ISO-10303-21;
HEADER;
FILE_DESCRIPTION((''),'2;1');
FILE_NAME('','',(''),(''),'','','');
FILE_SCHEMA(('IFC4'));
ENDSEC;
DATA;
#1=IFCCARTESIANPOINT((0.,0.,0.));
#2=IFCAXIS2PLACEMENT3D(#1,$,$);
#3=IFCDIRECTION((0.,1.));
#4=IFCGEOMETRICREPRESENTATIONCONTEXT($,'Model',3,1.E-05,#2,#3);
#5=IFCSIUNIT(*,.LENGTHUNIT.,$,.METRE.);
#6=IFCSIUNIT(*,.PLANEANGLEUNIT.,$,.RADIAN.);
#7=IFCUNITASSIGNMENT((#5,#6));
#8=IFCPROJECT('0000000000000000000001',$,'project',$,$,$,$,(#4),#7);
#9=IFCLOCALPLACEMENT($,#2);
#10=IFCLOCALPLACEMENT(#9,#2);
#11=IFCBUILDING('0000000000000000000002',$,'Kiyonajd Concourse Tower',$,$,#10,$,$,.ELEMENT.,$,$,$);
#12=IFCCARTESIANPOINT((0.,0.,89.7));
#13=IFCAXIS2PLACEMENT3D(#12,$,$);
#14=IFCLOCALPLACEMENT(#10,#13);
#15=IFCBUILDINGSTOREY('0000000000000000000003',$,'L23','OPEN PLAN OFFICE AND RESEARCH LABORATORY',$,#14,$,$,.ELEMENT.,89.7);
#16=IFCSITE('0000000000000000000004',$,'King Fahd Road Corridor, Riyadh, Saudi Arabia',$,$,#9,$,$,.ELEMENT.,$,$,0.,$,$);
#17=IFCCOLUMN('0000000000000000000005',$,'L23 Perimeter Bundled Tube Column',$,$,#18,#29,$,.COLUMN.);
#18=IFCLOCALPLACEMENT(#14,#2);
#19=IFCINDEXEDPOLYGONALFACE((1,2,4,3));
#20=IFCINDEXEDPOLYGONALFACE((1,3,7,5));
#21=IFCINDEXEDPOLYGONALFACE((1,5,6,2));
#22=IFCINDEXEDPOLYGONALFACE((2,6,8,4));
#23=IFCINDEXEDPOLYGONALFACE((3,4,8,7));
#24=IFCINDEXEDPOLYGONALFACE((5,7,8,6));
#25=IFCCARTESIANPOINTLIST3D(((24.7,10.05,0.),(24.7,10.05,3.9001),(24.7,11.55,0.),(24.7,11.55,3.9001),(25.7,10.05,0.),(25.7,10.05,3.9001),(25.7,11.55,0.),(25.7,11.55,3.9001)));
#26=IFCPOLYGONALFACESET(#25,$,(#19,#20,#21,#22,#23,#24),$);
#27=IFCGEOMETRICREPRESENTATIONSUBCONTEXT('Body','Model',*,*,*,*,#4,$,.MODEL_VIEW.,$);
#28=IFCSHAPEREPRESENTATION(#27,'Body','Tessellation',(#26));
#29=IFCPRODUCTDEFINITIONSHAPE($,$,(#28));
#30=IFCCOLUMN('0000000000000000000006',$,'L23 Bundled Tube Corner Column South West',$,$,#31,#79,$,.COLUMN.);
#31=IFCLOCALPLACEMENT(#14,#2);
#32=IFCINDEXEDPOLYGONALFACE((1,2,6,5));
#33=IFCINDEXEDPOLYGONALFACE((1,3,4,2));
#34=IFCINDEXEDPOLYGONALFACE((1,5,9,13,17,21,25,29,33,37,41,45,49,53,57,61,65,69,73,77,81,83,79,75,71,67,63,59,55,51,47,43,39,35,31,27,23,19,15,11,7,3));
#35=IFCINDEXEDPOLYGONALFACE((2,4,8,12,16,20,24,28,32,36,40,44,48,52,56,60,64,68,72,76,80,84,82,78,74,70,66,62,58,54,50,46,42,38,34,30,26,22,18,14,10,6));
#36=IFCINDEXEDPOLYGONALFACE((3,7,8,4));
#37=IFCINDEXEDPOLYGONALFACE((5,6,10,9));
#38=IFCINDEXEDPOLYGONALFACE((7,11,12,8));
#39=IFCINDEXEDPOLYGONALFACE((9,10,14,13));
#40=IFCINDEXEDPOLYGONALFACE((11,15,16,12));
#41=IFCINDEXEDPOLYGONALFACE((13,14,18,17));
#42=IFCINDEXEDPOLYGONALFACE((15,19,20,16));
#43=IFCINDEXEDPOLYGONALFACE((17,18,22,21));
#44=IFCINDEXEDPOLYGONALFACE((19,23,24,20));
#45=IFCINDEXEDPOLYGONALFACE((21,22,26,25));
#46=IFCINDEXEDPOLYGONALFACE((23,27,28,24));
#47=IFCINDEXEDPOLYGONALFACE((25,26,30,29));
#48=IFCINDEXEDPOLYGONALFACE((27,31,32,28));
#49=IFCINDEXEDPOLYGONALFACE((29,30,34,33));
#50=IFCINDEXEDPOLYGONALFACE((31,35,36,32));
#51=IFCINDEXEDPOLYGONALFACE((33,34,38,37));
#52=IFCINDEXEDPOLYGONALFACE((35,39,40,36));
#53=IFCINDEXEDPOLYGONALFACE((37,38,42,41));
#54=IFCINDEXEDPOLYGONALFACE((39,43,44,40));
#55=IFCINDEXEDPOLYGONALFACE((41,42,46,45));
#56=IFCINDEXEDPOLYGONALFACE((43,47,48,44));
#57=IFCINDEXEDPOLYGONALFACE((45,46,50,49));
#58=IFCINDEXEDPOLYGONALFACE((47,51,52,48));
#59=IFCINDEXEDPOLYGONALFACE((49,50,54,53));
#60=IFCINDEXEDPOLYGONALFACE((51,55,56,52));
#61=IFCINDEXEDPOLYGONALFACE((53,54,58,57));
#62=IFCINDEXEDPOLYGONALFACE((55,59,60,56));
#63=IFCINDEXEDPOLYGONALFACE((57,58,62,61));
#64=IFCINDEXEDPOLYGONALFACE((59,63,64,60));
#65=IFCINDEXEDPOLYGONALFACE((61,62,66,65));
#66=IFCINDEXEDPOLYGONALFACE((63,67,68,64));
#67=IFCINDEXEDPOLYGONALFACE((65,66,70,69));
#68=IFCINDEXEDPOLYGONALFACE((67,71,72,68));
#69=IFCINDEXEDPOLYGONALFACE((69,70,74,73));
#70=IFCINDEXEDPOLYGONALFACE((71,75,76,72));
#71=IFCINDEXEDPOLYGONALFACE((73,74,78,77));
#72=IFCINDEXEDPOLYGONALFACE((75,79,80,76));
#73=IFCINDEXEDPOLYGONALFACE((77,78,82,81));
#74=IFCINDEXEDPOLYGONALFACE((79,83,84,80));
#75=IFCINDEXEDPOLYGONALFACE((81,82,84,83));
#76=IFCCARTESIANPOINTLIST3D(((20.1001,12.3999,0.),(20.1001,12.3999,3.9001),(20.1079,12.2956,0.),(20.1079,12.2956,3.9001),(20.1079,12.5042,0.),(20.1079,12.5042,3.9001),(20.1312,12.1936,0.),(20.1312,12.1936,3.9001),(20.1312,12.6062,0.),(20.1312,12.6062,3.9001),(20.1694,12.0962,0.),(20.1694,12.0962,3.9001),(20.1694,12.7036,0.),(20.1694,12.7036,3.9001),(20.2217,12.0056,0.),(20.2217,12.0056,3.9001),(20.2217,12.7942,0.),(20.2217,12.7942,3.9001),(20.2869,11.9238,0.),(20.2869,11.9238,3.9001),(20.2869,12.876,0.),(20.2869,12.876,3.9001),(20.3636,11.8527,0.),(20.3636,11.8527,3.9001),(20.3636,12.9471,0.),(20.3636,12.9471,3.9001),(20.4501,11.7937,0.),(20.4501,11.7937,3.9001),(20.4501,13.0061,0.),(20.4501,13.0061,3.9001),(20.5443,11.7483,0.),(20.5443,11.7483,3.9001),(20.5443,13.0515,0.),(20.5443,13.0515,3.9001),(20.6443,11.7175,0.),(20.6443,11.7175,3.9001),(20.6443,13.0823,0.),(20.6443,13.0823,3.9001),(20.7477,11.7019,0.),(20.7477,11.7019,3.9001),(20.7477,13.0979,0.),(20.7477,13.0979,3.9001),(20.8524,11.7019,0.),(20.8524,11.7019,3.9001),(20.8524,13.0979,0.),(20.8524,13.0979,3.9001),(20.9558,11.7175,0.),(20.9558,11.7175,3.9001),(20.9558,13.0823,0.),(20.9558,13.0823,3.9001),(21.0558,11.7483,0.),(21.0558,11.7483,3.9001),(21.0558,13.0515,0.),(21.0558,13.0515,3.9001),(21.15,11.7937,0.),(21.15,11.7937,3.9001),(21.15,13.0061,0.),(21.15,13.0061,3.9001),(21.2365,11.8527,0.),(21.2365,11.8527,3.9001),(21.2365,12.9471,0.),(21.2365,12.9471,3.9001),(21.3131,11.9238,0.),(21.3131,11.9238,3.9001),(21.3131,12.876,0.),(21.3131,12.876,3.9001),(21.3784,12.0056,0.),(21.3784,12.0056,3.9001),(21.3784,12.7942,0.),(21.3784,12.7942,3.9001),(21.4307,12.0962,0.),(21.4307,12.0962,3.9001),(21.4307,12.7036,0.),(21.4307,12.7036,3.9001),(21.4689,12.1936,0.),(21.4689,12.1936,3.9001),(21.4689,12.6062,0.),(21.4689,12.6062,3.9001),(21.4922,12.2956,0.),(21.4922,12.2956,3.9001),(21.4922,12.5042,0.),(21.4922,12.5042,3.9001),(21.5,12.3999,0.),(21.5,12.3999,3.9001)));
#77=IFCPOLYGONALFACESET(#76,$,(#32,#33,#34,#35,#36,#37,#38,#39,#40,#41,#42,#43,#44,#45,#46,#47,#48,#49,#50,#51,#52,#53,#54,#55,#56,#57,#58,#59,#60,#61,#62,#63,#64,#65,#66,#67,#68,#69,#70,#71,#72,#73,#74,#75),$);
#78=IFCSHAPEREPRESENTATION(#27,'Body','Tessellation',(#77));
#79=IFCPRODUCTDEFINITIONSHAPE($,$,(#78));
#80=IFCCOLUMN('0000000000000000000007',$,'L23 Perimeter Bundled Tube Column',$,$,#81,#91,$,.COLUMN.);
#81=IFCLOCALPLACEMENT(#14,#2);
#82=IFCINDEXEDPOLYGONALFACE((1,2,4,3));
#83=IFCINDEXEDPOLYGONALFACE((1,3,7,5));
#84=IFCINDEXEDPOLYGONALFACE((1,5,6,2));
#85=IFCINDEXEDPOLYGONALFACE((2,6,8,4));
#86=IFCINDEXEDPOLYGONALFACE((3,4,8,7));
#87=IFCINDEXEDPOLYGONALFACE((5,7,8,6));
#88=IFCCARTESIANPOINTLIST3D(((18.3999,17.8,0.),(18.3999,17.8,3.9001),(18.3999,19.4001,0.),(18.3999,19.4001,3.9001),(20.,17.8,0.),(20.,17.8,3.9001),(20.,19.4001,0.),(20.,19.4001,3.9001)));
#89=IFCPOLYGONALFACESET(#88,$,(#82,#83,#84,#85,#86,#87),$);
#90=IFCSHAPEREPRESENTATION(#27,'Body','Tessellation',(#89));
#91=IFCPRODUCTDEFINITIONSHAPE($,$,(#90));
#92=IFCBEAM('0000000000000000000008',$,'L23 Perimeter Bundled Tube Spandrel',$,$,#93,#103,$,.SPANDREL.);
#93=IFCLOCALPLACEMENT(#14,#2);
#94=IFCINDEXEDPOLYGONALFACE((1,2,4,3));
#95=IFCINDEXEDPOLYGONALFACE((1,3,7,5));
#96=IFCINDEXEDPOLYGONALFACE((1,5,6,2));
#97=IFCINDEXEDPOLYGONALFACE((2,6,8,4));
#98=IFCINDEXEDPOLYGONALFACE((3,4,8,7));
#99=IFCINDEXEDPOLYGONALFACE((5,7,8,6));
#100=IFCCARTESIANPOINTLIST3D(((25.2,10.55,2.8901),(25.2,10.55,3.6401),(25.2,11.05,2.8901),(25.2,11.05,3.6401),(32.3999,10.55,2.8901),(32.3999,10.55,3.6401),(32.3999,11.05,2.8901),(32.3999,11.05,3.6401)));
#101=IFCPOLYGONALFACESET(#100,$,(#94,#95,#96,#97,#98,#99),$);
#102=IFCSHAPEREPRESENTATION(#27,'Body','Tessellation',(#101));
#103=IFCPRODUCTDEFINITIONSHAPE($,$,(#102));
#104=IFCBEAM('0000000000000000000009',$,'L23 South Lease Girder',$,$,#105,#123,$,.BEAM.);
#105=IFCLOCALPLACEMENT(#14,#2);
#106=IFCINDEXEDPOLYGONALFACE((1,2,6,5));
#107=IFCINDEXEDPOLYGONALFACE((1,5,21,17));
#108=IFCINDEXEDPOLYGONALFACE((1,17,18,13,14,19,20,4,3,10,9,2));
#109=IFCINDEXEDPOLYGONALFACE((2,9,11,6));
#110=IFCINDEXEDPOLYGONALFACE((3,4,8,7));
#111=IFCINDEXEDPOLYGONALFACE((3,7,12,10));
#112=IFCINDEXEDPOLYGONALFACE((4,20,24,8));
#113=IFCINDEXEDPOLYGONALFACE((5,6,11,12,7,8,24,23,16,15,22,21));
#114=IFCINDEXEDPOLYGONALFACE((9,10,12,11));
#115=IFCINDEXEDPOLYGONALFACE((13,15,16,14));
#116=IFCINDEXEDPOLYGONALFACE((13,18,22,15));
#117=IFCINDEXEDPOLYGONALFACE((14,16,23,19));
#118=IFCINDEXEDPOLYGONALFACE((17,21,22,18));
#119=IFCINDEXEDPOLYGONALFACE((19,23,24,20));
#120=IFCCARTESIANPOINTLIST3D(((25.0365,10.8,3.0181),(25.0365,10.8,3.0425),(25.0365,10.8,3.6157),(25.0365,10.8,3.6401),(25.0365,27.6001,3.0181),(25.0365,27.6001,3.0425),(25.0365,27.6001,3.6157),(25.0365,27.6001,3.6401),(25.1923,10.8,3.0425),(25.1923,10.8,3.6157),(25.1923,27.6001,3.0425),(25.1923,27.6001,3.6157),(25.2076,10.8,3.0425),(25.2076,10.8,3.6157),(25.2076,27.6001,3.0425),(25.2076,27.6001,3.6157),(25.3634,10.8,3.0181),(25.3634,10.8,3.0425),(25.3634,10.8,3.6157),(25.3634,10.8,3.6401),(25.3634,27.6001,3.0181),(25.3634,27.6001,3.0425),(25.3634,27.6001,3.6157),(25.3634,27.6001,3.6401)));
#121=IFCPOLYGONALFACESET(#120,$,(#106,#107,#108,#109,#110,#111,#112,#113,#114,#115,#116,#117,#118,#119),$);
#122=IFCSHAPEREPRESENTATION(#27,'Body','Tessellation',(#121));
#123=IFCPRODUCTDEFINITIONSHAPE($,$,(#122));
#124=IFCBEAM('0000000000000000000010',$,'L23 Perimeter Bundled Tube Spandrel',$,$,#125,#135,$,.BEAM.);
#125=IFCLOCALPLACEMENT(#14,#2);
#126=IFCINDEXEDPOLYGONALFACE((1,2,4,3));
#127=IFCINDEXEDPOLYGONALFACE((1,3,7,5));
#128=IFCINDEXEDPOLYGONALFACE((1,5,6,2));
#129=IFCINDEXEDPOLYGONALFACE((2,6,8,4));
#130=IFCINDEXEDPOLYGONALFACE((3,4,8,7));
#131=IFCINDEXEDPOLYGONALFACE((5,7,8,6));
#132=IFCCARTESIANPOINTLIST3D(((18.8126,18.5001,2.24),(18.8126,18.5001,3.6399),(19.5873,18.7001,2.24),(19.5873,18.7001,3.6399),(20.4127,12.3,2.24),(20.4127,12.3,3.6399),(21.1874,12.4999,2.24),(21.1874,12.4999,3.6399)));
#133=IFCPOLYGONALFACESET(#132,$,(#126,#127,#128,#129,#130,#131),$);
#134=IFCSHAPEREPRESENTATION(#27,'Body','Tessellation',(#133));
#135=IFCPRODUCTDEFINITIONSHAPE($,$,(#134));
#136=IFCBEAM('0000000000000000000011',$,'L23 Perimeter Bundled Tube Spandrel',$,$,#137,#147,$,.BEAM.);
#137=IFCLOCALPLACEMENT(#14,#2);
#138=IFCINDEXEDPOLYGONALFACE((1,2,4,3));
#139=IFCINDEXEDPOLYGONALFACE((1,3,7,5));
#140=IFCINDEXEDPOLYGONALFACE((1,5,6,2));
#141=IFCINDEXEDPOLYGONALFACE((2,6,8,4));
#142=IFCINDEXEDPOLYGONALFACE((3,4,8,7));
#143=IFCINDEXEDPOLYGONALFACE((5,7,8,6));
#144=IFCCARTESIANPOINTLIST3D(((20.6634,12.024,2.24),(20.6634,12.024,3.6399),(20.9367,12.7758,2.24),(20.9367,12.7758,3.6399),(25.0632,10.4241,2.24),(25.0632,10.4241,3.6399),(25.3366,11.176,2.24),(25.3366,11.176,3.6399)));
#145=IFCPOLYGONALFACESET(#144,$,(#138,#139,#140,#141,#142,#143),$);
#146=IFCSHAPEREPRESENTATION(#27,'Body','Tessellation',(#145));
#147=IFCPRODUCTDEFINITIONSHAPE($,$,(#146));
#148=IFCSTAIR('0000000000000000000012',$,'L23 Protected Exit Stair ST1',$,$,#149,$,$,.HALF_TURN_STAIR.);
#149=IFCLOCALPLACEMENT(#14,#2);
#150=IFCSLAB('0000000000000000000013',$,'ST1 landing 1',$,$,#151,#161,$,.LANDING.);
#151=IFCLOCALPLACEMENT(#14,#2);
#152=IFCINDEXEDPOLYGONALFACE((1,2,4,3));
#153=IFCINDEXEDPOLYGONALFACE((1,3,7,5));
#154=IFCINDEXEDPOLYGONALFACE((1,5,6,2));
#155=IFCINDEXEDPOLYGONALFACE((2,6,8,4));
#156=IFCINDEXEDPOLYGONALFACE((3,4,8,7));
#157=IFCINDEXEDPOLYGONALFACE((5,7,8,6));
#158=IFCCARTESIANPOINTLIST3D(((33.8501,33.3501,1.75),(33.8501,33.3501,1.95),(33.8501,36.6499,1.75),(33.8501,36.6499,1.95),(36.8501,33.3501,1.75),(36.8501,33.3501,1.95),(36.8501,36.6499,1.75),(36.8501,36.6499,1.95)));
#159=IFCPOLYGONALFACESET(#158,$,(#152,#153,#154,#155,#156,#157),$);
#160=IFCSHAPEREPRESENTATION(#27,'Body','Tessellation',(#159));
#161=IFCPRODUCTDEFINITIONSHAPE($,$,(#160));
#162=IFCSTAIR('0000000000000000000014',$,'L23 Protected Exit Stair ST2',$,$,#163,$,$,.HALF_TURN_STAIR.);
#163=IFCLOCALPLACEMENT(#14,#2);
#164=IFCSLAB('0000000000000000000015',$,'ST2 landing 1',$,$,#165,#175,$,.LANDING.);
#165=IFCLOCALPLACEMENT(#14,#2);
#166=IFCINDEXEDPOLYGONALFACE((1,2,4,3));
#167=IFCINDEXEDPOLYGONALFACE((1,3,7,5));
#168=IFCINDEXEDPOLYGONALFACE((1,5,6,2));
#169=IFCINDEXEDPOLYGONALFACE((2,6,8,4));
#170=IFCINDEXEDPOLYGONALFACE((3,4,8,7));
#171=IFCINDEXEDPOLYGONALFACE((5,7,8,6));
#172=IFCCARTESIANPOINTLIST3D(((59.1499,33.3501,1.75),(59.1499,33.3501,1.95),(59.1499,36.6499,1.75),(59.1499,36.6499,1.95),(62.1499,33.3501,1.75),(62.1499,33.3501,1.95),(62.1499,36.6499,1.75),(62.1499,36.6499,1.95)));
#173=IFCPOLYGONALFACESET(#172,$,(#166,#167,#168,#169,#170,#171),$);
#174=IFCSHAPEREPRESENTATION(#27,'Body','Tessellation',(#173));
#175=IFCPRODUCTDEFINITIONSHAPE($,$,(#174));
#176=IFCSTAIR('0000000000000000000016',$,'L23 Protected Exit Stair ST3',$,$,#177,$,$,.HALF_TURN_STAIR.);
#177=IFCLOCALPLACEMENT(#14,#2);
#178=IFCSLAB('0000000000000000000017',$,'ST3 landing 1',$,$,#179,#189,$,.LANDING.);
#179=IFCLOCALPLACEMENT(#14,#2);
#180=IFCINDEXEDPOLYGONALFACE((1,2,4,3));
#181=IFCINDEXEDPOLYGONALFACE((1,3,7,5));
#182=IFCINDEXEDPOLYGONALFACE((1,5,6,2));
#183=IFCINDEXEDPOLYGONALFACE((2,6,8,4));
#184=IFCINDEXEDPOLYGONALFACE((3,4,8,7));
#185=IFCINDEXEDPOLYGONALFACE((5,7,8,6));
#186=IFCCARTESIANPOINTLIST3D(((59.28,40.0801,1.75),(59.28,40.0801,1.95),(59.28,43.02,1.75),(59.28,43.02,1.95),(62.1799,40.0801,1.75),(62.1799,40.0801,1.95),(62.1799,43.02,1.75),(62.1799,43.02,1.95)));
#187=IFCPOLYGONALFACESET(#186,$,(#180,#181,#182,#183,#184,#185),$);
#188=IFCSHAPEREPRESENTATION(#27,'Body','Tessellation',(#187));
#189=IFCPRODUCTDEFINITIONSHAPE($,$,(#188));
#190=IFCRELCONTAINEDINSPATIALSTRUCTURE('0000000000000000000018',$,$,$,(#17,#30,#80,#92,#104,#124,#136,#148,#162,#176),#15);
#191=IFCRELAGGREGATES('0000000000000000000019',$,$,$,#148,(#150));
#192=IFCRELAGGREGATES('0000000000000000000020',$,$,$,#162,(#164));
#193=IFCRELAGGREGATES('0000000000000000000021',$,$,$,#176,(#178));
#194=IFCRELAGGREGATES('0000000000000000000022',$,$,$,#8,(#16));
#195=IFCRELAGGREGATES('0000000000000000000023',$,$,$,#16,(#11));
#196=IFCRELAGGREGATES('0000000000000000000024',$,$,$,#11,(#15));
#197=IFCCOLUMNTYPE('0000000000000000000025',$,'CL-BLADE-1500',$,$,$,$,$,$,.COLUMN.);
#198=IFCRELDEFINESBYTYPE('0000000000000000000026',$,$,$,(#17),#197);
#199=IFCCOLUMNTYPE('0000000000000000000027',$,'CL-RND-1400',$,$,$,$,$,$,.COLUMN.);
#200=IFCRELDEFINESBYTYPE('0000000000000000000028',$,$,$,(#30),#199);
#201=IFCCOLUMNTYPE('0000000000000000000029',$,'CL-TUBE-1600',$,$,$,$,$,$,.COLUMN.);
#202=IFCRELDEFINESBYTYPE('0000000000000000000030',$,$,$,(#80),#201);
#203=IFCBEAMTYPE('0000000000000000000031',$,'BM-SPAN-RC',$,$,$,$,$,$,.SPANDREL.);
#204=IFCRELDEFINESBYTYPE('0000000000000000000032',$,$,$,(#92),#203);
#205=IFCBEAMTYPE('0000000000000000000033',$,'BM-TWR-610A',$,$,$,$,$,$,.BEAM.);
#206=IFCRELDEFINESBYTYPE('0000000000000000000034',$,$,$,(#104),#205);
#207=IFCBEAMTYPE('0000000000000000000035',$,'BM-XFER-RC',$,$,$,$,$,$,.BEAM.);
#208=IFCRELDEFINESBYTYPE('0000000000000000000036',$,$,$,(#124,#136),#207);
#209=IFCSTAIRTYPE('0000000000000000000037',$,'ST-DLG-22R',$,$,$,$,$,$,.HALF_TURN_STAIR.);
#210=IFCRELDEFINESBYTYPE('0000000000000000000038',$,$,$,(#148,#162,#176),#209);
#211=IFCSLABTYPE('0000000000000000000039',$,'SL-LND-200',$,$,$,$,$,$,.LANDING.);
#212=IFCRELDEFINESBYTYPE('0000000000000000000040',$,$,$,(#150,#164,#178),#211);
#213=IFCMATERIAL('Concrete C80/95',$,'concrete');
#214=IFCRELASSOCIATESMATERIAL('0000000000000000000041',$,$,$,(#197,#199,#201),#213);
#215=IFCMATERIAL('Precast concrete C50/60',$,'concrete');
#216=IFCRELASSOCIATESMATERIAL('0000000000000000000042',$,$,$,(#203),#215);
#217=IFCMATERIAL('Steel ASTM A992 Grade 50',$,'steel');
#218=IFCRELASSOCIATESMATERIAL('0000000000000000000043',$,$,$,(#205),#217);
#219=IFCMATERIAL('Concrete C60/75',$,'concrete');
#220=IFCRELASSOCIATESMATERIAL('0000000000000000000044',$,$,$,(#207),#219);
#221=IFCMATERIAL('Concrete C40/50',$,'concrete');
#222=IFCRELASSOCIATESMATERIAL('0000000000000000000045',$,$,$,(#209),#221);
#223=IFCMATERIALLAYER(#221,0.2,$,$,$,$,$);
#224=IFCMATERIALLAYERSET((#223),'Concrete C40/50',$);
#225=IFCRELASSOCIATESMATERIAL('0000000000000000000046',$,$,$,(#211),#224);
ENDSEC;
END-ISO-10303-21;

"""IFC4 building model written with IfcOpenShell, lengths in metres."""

from ifc_helpers import new_model, si_unit, direction, frame, origin, origin_2d, place, context, subcontext, project, spatial, polyline, rectangle, circle, i_section, outline, extrude, material, layer, layer_set, material_profile, profile_set, type_object, element, aggregate, save


model = new_model("IFC4")

# Units and contexts
model_context = context("Model", 3, precision=1e-05, world=origin(), true_north=direction((0.0, 1.0)))
body_context = subcontext(model_context, "Body", "Model", "MODEL_VIEW")
ifc_project = project(units=[si_unit("LENGTHUNIT", "METRE"), si_unit("PLANEANGLEUNIT", "RADIAN")], contexts=[model_context])

# Site, building, storey
site_placement = place(None, origin())
site = spatial("IfcSite", under=ifc_project, at=site_placement, Name="King Fahd Road Corridor, Riyadh, Saudi Arabia", CompositionType="ELEMENT", RefElevation=0.0)
building_placement = place(site_placement, origin())
building = spatial("IfcBuilding", under=site, at=building_placement, Name="Kiyonajd Concourse Tower", CompositionType="ELEMENT")
storey_placement = place(building_placement, frame((0.0, 0.0, 89.7)))
storey = spatial("IfcBuildingStorey", under=building, at=storey_placement, Name="L23", Description="OPEN PLAN OFFICE AND RESEARCH LABORATORY", CompositionType="ELEMENT", Elevation=89.7)

# Columns
ifc_material_1 = material(Name="Concrete C80/95", Category="concrete")
ifc_material_profile_1 = material_profile(ifc_material_1, rectangle(XDim=1.0, YDim=1.5, at=origin_2d()), Name="RC-1500x1000")
ifc_profile_set_1 = profile_set([ifc_material_profile_1], Name="Concrete C80/95")
column_type_1 = type_object("IfcColumnType", Name="CL-BLADE-1500", PredefinedType="COLUMN", material=ifc_profile_set_1)
column_1_placement = place(storey_placement, frame((25.2, 10.8, 0.0), z_axis=(0.0, 0.0, 1.0), x_axis=(1.0, 0.0, 0.0)))
element("IfcColumn", 1, at=column_1_placement, inside=storey, type_object=column_type_1, Name="L23 Perimeter Bundled Tube Column", PredefinedType="COLUMN", context=body_context, shape_type="SweptSolid", body=[
    extrude(rectangle(XDim=1.0, YDim=1.5, at=origin_2d()), origin(), (0.0, 0.0, 1.0), 3.9001),
])
ifc_material_profile_2 = material_profile(ifc_material_1, circle(Radius=0.7, at=origin_2d()), Name="RCC-D1400")
ifc_profile_set_2 = profile_set([ifc_material_profile_2], Name="Concrete C80/95")
column_type_2 = type_object("IfcColumnType", Name="CL-RND-1400", PredefinedType="COLUMN", material=ifc_profile_set_2)
column_2_placement = place(storey_placement, frame((20.8, 12.3999, 0.0), z_axis=(0.0, 0.0, 1.0), x_axis=(1.0, 0.0, 0.0)))
element("IfcColumn", 2, at=column_2_placement, inside=storey, type_object=column_type_2, Name="L23 Bundled Tube Corner Column South West", PredefinedType="COLUMN", context=body_context, shape_type="SweptSolid", body=[
    extrude(circle(Radius=0.7, at=origin_2d()), origin(), (0.0, 0.0, 1.0), 3.9001),
])
ifc_material_profile_3 = material_profile(ifc_material_1, rectangle(XDim=1.6001, YDim=1.6001, at=origin_2d()), Name="RC-1600x1600")
ifc_profile_set_3 = profile_set([ifc_material_profile_3], Name="Concrete C80/95")
column_type_3 = type_object("IfcColumnType", Name="CL-TUBE-1600", PredefinedType="COLUMN", material=ifc_profile_set_3)
column_3_placement = place(storey_placement, frame((19.2, 18.6001, 0.0), z_axis=(0.0, 0.0, 1.0), x_axis=(1.0, 0.0, 0.0)))
element("IfcColumn", 3, at=column_3_placement, inside=storey, type_object=column_type_3, Name="L23 Perimeter Bundled Tube Column", PredefinedType="COLUMN", context=body_context, shape_type="SweptSolid", body=[
    extrude(rectangle(XDim=1.6001, YDim=1.6001, at=origin_2d()), origin(), (0.0, 0.0, 1.0), 3.9001),
])

# Beams
ifc_material_2 = material(Name="Precast concrete C50/60", Category="concrete")
ifc_material_profile_4 = material_profile(ifc_material_2, rectangle(XDim=0.5, YDim=0.75, at=origin_2d()), Name="RCBM-500x750")
ifc_profile_set_4 = profile_set([ifc_material_profile_4], Name="Precast concrete C50/60")
beam_type_1 = type_object("IfcBeamType", Name="BM-SPAN-RC", PredefinedType="SPANDREL", material=ifc_profile_set_4)
beam_1_placement = place(storey_placement, frame((25.2, 10.8, 3.2651), z_axis=(1.0, 0.0, 0.0), x_axis=(0.0, 1.0, 0.0)))
element("IfcBeam", 4, at=beam_1_placement, inside=storey, type_object=beam_type_1, Name="L23 Perimeter Bundled Tube Spandrel", PredefinedType="SPANDREL", context=body_context, shape_type="SweptSolid", body=[
    extrude(rectangle(XDim=0.5, YDim=0.75, at=origin_2d()), origin(), (0.0, 0.0, 1.0), 7.2),
])
ifc_material_3 = material(Name="Steel ASTM A992 Grade 50", Category="steel")
ifc_material_profile_5 = material_profile(ifc_material_3, i_section(OverallWidth=0.3269, OverallDepth=0.6221, WebThickness=0.0154, FlangeThickness=0.0244, at=origin_2d()), Name="W610X195")
ifc_profile_set_5 = profile_set([ifc_material_profile_5], Name="Steel ASTM A992 Grade 50")
beam_type_2 = type_object("IfcBeamType", Name="BM-TWR-610A", PredefinedType="BEAM", material=ifc_profile_set_5)
beam_2_placement = place(storey_placement, frame((25.2, 10.8, 3.3291), z_axis=(0.0, 1.0, 0.0), x_axis=(-1.0, 0.0, 0.0)))
element("IfcBeam", 5, at=beam_2_placement, inside=storey, type_object=beam_type_2, Name="L23 South Lease Girder", PredefinedType="BEAM", context=body_context, shape_type="SweptSolid", body=[
    extrude(i_section(OverallWidth=0.3269, OverallDepth=0.6221, WebThickness=0.0154, FlangeThickness=0.0244, at=origin_2d()), origin(), (0.0, 0.0, 1.0), 16.8),
])
ifc_material_4 = material(Name="Concrete C60/75", Category="concrete")
ifc_material_profile_6 = material_profile(ifc_material_4, rectangle(XDim=0.8, YDim=1.3999, at=origin_2d()), Name="RCBM-800x1400")
ifc_profile_set_6 = profile_set([ifc_material_profile_6], Name="Concrete C60/75")
beam_type_3 = type_object("IfcBeamType", Name="BM-XFER-RC", PredefinedType="BEAM", material=ifc_profile_set_6)
beam_3_placement = place(storey_placement, frame((19.2, 18.6001, 2.9399), z_axis=(0.249885, -0.968276, 0.0), x_axis=(0.968276, 0.249885, 0.0)))
element("IfcBeam", 6, at=beam_3_placement, inside=storey, type_object=beam_type_3, Name="L23 Perimeter Bundled Tube Spandrel", PredefinedType="BEAM", context=body_context, shape_type="SweptSolid", body=[
    extrude(rectangle(XDim=0.8, YDim=1.3999, at=origin_2d()), origin(), (0.0, 0.0, 1.0), 6.4033),
])
beam_4_placement = place(storey_placement, frame((20.8, 12.3999, 2.9399), z_axis=(0.939801, -0.341722, 0.0), x_axis=(0.341722, 0.939801, 0.0)))
element("IfcBeam", 7, at=beam_4_placement, inside=storey, type_object=beam_type_3, Name="L23 Perimeter Bundled Tube Spandrel", PredefinedType="BEAM", context=body_context, shape_type="SweptSolid", body=[
    extrude(rectangle(XDim=0.8, YDim=1.3999, at=origin_2d()), origin(), (0.0, 0.0, 1.0), 4.6816),
])

# Stairs, slabs
ifc_material_5 = material(Name="Concrete C40/50", Category="concrete")
stair_type = type_object("IfcStairType", Name="ST-DLG-22R", PredefinedType="HALF_TURN_STAIR", material=ifc_material_5)
stair_1_placement = place(storey_placement, origin())
stair_1 = element("IfcStair", 8, at=stair_1_placement, inside=storey, type_object=stair_type, Name="L23 Protected Exit Stair ST1", PredefinedType="HALF_TURN_STAIR")
ifc_layer_1 = layer(ifc_material_5, 0.2)
ifc_layer_set_1 = layer_set([ifc_layer_1], Name="Concrete C40/50")
slab_type_1 = type_object("IfcSlabType", Name="SL-LND-200", PredefinedType="LANDING", material=ifc_layer_set_1)
slab_1_placement = place(storey_placement, frame((0.0, 0.0, 1.75)))
slab_1 = element("IfcSlab", 9, at=slab_1_placement, type_object=slab_type_1, Name="ST1 landing 1", PredefinedType="LANDING", context=body_context, shape_type="SweptSolid", body=[
    extrude(outline(polyline([(36.8501, 33.3501), (36.8501, 36.6499), (33.8501, 36.6499), (33.8501, 33.3501), (36.8501, 33.3501)])), origin(), (0.0, 0.0, 1.0), 0.2),
])
aggregate(stair_1, [slab_1])
stair_2_placement = place(storey_placement, origin())
stair_2 = element("IfcStair", 10, at=stair_2_placement, inside=storey, type_object=stair_type, Name="L23 Protected Exit Stair ST2", PredefinedType="HALF_TURN_STAIR")
slab_2_placement = place(storey_placement, frame((0.0, 0.0, 1.75)))
slab_2 = element("IfcSlab", 11, at=slab_2_placement, type_object=slab_type_1, Name="ST2 landing 1", PredefinedType="LANDING", context=body_context, shape_type="SweptSolid", body=[
    extrude(outline(polyline([(62.1499, 33.3501), (62.1499, 36.6499), (59.1499, 36.6499), (59.1499, 33.3501), (62.1499, 33.3501)])), origin(), (0.0, 0.0, 1.0), 0.2),
])
aggregate(stair_2, [slab_2])
stair_3_placement = place(storey_placement, origin())
stair_3 = element("IfcStair", 12, at=stair_3_placement, inside=storey, type_object=stair_type, Name="L23 Protected Exit Stair ST3", PredefinedType="HALF_TURN_STAIR")
slab_3_placement = place(storey_placement, frame((0.0, 0.0, 1.75)))
slab_3 = element("IfcSlab", 13, at=slab_3_placement, type_object=slab_type_1, Name="ST3 landing 1", PredefinedType="LANDING", context=body_context, shape_type="SweptSolid", body=[
    extrude(outline(polyline([(59.28, 40.0801), (62.1799, 40.0801), (62.1799, 43.02), (59.28, 43.02), (59.28, 40.0801)])), origin(), (0.0, 0.0, 1.0), 0.2),
])
aggregate(stair_3, [slab_3])

save(model, "model.ifc")
